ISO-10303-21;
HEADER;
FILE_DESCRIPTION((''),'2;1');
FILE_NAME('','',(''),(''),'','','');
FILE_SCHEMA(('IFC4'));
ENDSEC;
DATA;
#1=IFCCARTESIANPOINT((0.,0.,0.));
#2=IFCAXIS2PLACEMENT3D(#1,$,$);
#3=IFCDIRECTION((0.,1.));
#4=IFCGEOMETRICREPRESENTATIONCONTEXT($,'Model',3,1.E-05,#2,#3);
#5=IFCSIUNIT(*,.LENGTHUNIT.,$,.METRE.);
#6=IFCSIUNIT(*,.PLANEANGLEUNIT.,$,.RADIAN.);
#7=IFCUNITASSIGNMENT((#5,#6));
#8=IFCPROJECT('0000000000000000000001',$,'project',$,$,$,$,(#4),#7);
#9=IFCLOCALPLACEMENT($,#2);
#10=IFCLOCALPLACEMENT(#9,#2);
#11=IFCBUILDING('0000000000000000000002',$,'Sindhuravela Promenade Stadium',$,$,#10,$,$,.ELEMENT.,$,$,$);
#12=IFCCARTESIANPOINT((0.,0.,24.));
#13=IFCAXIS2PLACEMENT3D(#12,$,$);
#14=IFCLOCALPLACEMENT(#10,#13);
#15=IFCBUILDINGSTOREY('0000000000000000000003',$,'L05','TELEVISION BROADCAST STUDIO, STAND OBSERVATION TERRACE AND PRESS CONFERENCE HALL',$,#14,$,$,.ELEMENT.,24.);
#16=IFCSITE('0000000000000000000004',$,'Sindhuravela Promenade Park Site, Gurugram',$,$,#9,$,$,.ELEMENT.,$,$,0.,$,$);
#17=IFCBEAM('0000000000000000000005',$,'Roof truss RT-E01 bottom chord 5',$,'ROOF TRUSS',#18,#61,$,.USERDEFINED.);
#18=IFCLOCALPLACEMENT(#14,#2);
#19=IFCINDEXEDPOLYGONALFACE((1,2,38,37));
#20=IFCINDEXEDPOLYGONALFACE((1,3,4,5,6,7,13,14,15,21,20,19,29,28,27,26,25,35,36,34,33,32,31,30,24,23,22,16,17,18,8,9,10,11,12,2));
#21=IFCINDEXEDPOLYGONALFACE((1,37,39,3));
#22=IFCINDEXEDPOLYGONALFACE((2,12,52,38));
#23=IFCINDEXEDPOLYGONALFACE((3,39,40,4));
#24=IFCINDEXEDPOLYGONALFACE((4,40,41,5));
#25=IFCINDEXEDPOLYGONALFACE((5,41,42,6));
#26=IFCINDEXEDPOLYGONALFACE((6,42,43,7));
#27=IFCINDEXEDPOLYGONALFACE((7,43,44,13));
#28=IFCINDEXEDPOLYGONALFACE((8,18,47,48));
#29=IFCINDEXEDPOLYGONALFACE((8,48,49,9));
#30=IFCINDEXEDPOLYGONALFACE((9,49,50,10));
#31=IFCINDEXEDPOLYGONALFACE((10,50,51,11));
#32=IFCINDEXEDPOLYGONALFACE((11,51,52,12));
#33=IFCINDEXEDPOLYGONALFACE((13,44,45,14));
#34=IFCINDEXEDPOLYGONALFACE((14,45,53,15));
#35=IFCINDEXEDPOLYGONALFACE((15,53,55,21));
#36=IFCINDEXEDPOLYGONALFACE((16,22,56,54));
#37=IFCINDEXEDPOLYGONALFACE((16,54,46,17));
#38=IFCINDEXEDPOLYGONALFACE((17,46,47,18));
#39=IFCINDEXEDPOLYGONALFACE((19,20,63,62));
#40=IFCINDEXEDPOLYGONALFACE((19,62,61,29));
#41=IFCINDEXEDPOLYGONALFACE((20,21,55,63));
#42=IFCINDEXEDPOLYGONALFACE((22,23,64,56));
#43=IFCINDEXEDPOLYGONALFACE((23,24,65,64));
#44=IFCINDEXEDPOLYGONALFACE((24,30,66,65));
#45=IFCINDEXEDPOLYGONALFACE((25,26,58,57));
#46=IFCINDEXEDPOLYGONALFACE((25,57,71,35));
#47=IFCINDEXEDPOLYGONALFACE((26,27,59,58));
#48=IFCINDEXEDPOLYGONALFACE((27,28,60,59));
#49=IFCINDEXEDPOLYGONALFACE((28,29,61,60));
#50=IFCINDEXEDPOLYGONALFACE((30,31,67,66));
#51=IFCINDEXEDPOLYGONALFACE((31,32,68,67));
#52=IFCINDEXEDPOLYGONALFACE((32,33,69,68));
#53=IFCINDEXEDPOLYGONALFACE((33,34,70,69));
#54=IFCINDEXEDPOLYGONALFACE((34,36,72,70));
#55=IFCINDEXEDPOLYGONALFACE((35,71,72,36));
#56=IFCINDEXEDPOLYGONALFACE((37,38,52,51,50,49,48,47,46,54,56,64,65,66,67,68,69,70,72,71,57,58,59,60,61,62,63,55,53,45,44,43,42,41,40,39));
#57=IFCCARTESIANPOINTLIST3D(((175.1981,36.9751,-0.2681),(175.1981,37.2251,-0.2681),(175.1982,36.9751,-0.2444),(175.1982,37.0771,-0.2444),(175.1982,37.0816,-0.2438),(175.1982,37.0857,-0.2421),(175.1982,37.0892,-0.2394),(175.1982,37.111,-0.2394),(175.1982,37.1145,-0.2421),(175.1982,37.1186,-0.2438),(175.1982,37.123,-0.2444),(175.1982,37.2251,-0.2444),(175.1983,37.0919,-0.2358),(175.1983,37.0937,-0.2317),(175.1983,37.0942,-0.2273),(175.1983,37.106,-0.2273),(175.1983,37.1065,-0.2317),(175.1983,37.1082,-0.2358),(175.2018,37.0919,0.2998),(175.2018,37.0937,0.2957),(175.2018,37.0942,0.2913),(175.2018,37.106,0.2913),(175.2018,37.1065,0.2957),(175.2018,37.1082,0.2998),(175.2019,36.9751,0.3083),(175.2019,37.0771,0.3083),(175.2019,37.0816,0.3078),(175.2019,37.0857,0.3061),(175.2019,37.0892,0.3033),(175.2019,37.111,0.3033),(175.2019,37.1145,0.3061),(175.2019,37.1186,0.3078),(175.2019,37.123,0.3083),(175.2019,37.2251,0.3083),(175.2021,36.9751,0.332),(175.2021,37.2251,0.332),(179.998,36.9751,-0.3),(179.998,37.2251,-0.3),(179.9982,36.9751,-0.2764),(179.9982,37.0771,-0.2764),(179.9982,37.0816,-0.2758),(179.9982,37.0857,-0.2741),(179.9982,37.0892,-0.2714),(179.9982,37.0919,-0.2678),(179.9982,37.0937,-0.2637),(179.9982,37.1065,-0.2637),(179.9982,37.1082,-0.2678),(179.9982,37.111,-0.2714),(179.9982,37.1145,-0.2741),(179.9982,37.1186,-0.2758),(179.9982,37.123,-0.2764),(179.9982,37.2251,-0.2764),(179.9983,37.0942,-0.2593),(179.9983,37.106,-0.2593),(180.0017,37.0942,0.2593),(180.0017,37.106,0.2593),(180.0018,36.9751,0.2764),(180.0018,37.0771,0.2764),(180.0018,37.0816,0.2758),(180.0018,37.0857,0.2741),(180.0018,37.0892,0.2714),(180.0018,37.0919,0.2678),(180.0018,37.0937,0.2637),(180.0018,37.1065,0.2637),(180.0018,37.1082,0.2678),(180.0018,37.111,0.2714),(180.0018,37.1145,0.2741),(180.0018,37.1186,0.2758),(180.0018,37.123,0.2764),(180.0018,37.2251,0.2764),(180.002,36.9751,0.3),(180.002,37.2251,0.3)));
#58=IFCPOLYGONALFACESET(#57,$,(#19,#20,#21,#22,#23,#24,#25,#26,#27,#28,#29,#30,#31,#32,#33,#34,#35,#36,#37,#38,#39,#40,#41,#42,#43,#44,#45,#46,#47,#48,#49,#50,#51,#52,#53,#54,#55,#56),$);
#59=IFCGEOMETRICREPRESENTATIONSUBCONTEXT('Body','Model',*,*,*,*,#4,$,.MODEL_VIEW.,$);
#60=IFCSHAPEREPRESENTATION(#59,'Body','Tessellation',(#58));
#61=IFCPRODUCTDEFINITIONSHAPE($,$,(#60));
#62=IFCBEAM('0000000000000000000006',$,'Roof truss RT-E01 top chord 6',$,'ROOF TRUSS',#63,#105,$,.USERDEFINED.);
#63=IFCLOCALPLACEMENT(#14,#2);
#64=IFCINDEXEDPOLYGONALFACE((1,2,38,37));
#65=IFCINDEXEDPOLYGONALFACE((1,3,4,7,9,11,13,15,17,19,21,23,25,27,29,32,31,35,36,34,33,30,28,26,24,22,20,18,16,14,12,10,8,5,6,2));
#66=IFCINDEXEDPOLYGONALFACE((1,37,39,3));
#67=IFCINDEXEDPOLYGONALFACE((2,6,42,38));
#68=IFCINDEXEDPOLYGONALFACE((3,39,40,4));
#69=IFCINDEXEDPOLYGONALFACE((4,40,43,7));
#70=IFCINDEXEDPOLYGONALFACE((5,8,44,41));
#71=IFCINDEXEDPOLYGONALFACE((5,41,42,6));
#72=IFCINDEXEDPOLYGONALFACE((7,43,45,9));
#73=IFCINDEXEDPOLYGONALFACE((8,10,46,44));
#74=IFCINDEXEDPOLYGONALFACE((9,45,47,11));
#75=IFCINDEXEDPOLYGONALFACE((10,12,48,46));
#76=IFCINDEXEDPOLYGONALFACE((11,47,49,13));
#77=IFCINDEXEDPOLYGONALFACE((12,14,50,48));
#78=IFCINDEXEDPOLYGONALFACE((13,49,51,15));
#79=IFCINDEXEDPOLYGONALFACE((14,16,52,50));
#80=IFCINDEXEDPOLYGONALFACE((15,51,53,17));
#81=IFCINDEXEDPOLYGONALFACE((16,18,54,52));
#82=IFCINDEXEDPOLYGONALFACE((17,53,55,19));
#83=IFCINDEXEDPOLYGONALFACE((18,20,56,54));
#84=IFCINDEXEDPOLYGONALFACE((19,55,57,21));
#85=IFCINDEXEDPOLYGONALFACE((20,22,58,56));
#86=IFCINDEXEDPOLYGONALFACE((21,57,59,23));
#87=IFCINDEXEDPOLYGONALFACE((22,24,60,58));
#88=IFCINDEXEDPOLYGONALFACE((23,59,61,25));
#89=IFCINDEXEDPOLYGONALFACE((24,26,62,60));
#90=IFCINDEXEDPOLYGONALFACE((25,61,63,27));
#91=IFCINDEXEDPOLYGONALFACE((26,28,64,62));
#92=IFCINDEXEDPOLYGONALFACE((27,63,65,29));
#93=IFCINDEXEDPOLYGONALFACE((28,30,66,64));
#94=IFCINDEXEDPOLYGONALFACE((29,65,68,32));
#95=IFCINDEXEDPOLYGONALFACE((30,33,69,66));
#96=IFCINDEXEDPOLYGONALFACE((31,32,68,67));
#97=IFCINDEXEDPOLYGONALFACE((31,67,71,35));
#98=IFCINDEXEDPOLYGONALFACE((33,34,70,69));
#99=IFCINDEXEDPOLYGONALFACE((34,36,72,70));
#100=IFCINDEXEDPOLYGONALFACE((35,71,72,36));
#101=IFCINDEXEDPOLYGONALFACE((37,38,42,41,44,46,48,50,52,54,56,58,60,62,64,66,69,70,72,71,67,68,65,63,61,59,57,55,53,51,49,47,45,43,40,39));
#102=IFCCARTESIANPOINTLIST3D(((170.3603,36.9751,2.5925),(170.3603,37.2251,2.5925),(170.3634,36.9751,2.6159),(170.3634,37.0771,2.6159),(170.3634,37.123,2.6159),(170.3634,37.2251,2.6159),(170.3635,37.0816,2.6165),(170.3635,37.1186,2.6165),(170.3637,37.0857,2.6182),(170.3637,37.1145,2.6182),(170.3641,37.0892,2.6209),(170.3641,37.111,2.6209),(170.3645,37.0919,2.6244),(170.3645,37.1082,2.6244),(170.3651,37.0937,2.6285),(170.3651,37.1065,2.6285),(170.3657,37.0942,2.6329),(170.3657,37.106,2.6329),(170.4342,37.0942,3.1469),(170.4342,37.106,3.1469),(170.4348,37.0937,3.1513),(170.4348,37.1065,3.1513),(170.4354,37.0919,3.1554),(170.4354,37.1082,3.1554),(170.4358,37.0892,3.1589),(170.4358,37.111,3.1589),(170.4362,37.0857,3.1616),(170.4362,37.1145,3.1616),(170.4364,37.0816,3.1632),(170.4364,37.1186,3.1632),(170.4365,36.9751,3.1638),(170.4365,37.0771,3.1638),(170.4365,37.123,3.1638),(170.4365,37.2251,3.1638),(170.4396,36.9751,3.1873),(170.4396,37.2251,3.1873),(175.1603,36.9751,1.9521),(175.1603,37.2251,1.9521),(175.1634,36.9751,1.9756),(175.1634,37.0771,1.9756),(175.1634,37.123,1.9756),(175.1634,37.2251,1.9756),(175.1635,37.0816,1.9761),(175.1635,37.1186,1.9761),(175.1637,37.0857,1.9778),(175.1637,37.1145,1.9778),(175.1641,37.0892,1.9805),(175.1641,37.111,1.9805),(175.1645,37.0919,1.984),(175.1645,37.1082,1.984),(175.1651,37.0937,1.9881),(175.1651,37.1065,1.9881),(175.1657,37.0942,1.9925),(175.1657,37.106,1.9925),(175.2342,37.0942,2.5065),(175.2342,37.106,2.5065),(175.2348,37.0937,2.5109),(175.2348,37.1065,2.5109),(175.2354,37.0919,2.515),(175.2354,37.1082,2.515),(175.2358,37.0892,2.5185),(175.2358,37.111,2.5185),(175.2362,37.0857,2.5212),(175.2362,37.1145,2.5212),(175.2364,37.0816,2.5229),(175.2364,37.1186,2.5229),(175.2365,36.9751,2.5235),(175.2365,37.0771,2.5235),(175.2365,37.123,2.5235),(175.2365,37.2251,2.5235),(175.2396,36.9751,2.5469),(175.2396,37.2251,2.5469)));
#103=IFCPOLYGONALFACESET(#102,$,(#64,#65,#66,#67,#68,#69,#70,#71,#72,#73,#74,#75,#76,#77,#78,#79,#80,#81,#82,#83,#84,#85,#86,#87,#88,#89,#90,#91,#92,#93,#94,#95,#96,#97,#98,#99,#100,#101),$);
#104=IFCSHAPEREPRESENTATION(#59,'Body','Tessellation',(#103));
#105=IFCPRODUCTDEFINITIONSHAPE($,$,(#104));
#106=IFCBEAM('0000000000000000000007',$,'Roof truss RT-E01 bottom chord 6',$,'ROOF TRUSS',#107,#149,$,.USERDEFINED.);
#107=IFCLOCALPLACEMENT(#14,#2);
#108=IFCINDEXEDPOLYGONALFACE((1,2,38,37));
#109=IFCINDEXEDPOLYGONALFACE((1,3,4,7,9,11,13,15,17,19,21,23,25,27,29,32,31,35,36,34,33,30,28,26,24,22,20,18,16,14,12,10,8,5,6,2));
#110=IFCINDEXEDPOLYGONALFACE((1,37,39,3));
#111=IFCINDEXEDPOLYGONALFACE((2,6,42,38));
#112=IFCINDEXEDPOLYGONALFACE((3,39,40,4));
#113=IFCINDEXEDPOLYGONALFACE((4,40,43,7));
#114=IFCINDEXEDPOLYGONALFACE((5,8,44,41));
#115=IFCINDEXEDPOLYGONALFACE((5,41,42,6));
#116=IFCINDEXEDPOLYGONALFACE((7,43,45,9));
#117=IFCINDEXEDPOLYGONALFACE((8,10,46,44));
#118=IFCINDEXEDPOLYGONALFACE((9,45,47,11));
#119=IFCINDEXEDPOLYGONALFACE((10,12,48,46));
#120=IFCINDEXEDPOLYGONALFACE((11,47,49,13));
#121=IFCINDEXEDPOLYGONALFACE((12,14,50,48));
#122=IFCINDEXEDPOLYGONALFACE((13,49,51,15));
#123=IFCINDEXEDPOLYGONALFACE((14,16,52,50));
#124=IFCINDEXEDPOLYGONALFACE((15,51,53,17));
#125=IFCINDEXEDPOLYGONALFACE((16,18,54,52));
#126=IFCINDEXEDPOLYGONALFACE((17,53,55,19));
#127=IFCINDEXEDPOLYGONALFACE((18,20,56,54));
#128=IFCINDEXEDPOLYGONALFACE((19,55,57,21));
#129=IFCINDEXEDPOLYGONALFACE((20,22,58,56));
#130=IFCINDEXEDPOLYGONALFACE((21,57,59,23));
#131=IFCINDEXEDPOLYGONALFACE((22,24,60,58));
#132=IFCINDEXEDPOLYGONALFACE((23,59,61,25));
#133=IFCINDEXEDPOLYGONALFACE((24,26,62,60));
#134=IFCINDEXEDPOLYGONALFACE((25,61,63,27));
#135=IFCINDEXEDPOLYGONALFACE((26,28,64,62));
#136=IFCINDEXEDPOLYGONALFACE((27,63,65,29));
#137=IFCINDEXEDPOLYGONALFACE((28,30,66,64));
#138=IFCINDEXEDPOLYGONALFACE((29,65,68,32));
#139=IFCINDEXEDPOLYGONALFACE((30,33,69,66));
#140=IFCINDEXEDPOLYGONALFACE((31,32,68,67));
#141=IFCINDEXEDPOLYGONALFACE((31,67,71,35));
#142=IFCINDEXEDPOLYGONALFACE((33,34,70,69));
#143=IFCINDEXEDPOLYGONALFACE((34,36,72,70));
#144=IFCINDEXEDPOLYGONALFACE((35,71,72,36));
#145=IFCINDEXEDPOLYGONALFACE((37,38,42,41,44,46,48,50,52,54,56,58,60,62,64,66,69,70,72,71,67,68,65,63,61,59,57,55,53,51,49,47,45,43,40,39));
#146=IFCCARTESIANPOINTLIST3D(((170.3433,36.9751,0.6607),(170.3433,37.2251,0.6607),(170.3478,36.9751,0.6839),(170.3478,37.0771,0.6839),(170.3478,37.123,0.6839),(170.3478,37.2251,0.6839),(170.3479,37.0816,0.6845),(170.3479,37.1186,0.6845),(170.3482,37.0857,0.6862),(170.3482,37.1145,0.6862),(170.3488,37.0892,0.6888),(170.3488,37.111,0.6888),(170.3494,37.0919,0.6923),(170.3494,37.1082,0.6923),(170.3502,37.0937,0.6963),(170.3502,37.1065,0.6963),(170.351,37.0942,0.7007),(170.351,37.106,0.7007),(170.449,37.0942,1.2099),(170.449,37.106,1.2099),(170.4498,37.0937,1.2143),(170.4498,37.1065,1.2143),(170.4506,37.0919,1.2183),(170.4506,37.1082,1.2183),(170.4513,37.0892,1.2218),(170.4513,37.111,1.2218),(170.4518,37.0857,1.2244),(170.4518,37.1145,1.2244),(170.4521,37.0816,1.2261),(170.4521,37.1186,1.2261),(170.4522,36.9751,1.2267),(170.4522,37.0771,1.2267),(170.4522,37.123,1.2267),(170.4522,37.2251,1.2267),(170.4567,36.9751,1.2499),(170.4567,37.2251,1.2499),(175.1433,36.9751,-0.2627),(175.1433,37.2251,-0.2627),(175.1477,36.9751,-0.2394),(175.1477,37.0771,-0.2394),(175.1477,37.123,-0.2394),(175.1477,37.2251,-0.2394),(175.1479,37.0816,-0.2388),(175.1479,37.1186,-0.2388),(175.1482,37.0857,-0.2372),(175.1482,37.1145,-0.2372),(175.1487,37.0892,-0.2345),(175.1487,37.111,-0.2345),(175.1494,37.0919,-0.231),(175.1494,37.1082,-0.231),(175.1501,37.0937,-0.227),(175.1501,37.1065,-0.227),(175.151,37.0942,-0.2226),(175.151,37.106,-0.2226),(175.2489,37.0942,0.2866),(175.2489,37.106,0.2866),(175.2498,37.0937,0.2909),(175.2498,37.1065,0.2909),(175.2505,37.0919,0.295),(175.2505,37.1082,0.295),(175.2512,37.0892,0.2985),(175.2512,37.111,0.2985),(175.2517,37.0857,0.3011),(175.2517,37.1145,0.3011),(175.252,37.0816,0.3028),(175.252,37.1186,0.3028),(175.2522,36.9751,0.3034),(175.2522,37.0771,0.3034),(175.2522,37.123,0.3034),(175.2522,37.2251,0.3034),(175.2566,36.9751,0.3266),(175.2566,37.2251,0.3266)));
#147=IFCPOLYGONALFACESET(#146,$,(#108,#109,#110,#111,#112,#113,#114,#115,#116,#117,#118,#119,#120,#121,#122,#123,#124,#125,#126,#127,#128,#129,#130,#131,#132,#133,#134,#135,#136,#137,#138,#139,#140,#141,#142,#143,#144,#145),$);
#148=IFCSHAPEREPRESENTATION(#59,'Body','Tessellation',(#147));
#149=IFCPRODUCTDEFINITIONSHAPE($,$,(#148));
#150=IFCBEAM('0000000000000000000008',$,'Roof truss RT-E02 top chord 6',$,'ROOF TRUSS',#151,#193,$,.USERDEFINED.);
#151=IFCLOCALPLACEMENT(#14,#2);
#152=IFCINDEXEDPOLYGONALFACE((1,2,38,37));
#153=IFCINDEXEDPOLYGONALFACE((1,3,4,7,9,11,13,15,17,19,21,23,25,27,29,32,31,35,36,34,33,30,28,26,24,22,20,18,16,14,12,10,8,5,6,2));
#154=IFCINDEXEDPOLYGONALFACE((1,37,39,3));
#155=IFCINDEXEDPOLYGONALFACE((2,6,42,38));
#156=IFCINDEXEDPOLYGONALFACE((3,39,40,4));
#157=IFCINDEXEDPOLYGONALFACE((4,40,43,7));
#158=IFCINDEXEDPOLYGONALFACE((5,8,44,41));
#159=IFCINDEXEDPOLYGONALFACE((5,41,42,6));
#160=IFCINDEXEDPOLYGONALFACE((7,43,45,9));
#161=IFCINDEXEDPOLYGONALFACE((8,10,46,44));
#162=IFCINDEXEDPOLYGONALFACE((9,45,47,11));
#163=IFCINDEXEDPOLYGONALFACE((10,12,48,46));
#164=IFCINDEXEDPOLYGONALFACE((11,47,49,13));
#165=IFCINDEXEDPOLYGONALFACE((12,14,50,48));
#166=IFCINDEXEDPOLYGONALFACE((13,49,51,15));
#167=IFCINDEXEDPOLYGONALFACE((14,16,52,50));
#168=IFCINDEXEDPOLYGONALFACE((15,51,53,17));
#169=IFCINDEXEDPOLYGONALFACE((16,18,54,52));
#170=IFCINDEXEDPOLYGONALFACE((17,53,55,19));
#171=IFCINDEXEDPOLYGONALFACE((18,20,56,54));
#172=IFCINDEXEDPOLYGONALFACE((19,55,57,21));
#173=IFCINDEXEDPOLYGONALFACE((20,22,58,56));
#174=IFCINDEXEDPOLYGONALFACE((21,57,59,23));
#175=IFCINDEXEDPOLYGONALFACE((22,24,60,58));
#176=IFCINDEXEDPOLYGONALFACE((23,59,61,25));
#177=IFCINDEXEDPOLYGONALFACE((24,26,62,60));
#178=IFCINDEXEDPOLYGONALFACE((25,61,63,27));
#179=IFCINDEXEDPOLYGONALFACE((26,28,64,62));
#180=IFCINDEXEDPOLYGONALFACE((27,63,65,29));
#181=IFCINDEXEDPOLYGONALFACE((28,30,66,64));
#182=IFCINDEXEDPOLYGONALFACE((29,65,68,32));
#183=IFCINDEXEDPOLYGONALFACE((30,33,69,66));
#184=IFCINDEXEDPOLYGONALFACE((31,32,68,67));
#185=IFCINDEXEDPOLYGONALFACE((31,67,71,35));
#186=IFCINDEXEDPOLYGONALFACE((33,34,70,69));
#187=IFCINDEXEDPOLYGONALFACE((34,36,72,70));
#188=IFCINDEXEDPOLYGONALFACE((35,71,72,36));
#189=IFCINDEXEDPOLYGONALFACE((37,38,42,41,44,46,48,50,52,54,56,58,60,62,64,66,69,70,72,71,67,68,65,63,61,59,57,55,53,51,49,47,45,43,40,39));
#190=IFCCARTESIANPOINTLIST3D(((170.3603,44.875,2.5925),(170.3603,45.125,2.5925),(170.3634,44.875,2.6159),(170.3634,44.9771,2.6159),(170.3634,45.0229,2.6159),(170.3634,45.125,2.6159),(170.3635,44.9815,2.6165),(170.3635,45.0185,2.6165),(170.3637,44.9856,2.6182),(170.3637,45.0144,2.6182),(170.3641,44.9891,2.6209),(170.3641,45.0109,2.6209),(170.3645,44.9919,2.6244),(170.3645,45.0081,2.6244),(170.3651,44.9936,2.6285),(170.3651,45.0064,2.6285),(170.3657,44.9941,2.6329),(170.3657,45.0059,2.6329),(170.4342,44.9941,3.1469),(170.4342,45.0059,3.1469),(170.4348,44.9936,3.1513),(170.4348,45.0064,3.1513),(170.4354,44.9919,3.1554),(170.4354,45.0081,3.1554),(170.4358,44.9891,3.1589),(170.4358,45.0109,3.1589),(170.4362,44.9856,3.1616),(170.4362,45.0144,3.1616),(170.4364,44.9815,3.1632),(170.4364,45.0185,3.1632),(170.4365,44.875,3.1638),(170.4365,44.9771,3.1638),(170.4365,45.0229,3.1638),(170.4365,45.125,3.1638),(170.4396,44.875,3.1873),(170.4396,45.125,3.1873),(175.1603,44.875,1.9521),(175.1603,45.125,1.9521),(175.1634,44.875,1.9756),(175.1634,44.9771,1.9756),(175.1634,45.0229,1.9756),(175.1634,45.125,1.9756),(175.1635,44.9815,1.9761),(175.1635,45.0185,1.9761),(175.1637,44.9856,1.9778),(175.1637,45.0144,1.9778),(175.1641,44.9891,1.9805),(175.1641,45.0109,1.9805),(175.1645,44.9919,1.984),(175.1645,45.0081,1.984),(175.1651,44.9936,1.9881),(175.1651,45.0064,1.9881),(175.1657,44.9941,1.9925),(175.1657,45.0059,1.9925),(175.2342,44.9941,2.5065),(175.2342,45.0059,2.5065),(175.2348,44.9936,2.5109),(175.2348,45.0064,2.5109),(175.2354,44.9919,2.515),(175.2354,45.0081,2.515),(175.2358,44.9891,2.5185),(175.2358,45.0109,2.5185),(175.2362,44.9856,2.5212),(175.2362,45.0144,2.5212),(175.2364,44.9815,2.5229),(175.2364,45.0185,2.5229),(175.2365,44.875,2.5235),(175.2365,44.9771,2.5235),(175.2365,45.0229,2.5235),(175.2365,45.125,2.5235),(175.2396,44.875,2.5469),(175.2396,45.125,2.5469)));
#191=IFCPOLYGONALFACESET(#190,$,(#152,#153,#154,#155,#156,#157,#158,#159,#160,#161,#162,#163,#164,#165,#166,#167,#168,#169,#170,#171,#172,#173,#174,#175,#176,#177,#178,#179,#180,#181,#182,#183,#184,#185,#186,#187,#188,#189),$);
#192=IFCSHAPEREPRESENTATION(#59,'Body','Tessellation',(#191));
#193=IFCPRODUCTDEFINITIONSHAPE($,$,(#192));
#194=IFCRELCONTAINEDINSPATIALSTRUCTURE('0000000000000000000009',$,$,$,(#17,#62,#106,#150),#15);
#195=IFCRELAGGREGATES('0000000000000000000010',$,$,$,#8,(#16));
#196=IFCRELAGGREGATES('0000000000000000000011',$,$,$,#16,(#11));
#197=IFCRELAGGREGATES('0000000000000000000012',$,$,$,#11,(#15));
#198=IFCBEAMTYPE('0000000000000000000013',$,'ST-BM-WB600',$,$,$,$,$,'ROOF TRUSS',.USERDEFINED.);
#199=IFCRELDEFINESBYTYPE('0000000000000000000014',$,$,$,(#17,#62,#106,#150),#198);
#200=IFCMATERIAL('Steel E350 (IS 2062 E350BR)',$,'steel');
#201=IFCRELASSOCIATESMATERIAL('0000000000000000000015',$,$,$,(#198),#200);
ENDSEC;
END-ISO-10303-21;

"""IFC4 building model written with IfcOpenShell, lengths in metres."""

from ifc_helpers import new_model, si_unit, direction, frame, origin, origin_2d, place, context, subcontext, project, spatial, i_section, extrude, material, material_profile, profile_set, type_object, element, save


model = new_model("IFC4")

# Units and contexts
model_context = context("Model", 3, precision=1e-05, world=origin(), true_north=direction((0.0, 1.0)))
body_context = subcontext(model_context, "Body", "Model", "MODEL_VIEW")
ifc_project = project(units=[si_unit("LENGTHUNIT", "METRE"), si_unit("PLANEANGLEUNIT", "RADIAN")], contexts=[model_context])

# Site, building, storey
site_placement = place(None, origin())
site = spatial("IfcSite", under=ifc_project, at=site_placement, Name="Sindhuravela Promenade Park Site, Gurugram", CompositionType="ELEMENT", RefElevation=0.0)
building_placement = place(site_placement, origin())
building = spatial("IfcBuilding", under=site, at=building_placement, Name="Sindhuravela Promenade Stadium", CompositionType="ELEMENT")
storey_placement = place(building_placement, frame((0.0, 0.0, 24.0)))
storey = spatial("IfcBuildingStorey", under=building, at=storey_placement, Name="L05", Description="TELEVISION BROADCAST STUDIO, STAND OBSERVATION TERRACE AND PRESS CONFERENCE HALL", CompositionType="ELEMENT", Elevation=24.0)

# Beams
ifc_material_1 = material(Name="Steel E350 (IS 2062 E350BR)", Category="steel")
ifc_material_profile_1 = material_profile(ifc_material_1, i_section(OverallWidth=0.25, OverallDepth=0.6001, WebThickness=0.0117, FlangeThickness=0.0237, FilletRadius=0.0171, at=origin_2d()), Name="ISWB 600")
ifc_profile_set_1 = profile_set([ifc_material_profile_1], Name="Steel E350 (IS 2062 E350BR)")
beam_type = type_object("IfcBeamType", Name="ST-BM-WB600", ElementType="ROOF TRUSS", PredefinedType="USERDEFINED", material=ifc_profile_set_1)
beam_1_placement = place(storey_placement, frame((180.0, 37.1001, 0.0), z_axis=(-0.999978, 0.0, 0.006663), x_axis=(0.0, -1.0, 0.0)))
element("IfcBeam", 1, at=beam_1_placement, inside=storey, type_object=beam_type, Name="Roof truss RT-E01 bottom chord 5", ObjectType="ROOF TRUSS", PredefinedType="USERDEFINED", context=body_context, shape_type="SweptSolid", body=[
    extrude(i_section(OverallWidth=0.25, OverallDepth=0.6001, WebThickness=0.0117, FlangeThickness=0.0237, FilletRadius=0.0171, at=origin_2d()), origin(), (0.0, 0.0, 1.0), 4.8),
])
beam_2_placement = place(storey_placement, frame((175.2, 37.1001, 2.2495), z_axis=(-0.991218, 0.0, 0.13224), x_axis=(0.0, -1.0, 0.0)))
element("IfcBeam", 2, at=beam_2_placement, inside=storey, type_object=beam_type, Name="Roof truss RT-E01 top chord 6", ObjectType="ROOF TRUSS", PredefinedType="USERDEFINED", context=body_context, shape_type="SweptSolid", body=[
    extrude(i_section(OverallWidth=0.25, OverallDepth=0.6001, WebThickness=0.0117, FlangeThickness=0.0237, FilletRadius=0.0171, at=origin_2d()), origin(), (0.0, 0.0, 1.0), 4.8425),
])
beam_3_placement = place(storey_placement, frame((175.2, 37.1001, 0.032), z_axis=(-0.981997, 0.0, 0.188897), x_axis=(0.0, -1.0, 0.0)))
element("IfcBeam", 3, at=beam_3_placement, inside=storey, type_object=beam_type, Name="Roof truss RT-E01 bottom chord 6", ObjectType="ROOF TRUSS", PredefinedType="USERDEFINED", context=body_context, shape_type="SweptSolid", body=[
    extrude(i_section(OverallWidth=0.25, OverallDepth=0.6001, WebThickness=0.0117, FlangeThickness=0.0237, FilletRadius=0.0171, at=origin_2d()), origin(), (0.0, 0.0, 1.0), 4.8879),
])
beam_4_placement = place(storey_placement, frame((175.2, 45.0, 2.2495), z_axis=(-0.991218, 0.0, 0.13224), x_axis=(0.0, -1.0, 0.0)))
element("IfcBeam", 4, at=beam_4_placement, inside=storey, type_object=beam_type, Name="Roof truss RT-E02 top chord 6", ObjectType="ROOF TRUSS", PredefinedType="USERDEFINED", context=body_context, shape_type="SweptSolid", body=[
    extrude(i_section(OverallWidth=0.25, OverallDepth=0.6001, WebThickness=0.0117, FlangeThickness=0.0237, FilletRadius=0.0171, at=origin_2d()), origin(), (0.0, 0.0, 1.0), 4.8425),
])

save(model, "model.ifc")
